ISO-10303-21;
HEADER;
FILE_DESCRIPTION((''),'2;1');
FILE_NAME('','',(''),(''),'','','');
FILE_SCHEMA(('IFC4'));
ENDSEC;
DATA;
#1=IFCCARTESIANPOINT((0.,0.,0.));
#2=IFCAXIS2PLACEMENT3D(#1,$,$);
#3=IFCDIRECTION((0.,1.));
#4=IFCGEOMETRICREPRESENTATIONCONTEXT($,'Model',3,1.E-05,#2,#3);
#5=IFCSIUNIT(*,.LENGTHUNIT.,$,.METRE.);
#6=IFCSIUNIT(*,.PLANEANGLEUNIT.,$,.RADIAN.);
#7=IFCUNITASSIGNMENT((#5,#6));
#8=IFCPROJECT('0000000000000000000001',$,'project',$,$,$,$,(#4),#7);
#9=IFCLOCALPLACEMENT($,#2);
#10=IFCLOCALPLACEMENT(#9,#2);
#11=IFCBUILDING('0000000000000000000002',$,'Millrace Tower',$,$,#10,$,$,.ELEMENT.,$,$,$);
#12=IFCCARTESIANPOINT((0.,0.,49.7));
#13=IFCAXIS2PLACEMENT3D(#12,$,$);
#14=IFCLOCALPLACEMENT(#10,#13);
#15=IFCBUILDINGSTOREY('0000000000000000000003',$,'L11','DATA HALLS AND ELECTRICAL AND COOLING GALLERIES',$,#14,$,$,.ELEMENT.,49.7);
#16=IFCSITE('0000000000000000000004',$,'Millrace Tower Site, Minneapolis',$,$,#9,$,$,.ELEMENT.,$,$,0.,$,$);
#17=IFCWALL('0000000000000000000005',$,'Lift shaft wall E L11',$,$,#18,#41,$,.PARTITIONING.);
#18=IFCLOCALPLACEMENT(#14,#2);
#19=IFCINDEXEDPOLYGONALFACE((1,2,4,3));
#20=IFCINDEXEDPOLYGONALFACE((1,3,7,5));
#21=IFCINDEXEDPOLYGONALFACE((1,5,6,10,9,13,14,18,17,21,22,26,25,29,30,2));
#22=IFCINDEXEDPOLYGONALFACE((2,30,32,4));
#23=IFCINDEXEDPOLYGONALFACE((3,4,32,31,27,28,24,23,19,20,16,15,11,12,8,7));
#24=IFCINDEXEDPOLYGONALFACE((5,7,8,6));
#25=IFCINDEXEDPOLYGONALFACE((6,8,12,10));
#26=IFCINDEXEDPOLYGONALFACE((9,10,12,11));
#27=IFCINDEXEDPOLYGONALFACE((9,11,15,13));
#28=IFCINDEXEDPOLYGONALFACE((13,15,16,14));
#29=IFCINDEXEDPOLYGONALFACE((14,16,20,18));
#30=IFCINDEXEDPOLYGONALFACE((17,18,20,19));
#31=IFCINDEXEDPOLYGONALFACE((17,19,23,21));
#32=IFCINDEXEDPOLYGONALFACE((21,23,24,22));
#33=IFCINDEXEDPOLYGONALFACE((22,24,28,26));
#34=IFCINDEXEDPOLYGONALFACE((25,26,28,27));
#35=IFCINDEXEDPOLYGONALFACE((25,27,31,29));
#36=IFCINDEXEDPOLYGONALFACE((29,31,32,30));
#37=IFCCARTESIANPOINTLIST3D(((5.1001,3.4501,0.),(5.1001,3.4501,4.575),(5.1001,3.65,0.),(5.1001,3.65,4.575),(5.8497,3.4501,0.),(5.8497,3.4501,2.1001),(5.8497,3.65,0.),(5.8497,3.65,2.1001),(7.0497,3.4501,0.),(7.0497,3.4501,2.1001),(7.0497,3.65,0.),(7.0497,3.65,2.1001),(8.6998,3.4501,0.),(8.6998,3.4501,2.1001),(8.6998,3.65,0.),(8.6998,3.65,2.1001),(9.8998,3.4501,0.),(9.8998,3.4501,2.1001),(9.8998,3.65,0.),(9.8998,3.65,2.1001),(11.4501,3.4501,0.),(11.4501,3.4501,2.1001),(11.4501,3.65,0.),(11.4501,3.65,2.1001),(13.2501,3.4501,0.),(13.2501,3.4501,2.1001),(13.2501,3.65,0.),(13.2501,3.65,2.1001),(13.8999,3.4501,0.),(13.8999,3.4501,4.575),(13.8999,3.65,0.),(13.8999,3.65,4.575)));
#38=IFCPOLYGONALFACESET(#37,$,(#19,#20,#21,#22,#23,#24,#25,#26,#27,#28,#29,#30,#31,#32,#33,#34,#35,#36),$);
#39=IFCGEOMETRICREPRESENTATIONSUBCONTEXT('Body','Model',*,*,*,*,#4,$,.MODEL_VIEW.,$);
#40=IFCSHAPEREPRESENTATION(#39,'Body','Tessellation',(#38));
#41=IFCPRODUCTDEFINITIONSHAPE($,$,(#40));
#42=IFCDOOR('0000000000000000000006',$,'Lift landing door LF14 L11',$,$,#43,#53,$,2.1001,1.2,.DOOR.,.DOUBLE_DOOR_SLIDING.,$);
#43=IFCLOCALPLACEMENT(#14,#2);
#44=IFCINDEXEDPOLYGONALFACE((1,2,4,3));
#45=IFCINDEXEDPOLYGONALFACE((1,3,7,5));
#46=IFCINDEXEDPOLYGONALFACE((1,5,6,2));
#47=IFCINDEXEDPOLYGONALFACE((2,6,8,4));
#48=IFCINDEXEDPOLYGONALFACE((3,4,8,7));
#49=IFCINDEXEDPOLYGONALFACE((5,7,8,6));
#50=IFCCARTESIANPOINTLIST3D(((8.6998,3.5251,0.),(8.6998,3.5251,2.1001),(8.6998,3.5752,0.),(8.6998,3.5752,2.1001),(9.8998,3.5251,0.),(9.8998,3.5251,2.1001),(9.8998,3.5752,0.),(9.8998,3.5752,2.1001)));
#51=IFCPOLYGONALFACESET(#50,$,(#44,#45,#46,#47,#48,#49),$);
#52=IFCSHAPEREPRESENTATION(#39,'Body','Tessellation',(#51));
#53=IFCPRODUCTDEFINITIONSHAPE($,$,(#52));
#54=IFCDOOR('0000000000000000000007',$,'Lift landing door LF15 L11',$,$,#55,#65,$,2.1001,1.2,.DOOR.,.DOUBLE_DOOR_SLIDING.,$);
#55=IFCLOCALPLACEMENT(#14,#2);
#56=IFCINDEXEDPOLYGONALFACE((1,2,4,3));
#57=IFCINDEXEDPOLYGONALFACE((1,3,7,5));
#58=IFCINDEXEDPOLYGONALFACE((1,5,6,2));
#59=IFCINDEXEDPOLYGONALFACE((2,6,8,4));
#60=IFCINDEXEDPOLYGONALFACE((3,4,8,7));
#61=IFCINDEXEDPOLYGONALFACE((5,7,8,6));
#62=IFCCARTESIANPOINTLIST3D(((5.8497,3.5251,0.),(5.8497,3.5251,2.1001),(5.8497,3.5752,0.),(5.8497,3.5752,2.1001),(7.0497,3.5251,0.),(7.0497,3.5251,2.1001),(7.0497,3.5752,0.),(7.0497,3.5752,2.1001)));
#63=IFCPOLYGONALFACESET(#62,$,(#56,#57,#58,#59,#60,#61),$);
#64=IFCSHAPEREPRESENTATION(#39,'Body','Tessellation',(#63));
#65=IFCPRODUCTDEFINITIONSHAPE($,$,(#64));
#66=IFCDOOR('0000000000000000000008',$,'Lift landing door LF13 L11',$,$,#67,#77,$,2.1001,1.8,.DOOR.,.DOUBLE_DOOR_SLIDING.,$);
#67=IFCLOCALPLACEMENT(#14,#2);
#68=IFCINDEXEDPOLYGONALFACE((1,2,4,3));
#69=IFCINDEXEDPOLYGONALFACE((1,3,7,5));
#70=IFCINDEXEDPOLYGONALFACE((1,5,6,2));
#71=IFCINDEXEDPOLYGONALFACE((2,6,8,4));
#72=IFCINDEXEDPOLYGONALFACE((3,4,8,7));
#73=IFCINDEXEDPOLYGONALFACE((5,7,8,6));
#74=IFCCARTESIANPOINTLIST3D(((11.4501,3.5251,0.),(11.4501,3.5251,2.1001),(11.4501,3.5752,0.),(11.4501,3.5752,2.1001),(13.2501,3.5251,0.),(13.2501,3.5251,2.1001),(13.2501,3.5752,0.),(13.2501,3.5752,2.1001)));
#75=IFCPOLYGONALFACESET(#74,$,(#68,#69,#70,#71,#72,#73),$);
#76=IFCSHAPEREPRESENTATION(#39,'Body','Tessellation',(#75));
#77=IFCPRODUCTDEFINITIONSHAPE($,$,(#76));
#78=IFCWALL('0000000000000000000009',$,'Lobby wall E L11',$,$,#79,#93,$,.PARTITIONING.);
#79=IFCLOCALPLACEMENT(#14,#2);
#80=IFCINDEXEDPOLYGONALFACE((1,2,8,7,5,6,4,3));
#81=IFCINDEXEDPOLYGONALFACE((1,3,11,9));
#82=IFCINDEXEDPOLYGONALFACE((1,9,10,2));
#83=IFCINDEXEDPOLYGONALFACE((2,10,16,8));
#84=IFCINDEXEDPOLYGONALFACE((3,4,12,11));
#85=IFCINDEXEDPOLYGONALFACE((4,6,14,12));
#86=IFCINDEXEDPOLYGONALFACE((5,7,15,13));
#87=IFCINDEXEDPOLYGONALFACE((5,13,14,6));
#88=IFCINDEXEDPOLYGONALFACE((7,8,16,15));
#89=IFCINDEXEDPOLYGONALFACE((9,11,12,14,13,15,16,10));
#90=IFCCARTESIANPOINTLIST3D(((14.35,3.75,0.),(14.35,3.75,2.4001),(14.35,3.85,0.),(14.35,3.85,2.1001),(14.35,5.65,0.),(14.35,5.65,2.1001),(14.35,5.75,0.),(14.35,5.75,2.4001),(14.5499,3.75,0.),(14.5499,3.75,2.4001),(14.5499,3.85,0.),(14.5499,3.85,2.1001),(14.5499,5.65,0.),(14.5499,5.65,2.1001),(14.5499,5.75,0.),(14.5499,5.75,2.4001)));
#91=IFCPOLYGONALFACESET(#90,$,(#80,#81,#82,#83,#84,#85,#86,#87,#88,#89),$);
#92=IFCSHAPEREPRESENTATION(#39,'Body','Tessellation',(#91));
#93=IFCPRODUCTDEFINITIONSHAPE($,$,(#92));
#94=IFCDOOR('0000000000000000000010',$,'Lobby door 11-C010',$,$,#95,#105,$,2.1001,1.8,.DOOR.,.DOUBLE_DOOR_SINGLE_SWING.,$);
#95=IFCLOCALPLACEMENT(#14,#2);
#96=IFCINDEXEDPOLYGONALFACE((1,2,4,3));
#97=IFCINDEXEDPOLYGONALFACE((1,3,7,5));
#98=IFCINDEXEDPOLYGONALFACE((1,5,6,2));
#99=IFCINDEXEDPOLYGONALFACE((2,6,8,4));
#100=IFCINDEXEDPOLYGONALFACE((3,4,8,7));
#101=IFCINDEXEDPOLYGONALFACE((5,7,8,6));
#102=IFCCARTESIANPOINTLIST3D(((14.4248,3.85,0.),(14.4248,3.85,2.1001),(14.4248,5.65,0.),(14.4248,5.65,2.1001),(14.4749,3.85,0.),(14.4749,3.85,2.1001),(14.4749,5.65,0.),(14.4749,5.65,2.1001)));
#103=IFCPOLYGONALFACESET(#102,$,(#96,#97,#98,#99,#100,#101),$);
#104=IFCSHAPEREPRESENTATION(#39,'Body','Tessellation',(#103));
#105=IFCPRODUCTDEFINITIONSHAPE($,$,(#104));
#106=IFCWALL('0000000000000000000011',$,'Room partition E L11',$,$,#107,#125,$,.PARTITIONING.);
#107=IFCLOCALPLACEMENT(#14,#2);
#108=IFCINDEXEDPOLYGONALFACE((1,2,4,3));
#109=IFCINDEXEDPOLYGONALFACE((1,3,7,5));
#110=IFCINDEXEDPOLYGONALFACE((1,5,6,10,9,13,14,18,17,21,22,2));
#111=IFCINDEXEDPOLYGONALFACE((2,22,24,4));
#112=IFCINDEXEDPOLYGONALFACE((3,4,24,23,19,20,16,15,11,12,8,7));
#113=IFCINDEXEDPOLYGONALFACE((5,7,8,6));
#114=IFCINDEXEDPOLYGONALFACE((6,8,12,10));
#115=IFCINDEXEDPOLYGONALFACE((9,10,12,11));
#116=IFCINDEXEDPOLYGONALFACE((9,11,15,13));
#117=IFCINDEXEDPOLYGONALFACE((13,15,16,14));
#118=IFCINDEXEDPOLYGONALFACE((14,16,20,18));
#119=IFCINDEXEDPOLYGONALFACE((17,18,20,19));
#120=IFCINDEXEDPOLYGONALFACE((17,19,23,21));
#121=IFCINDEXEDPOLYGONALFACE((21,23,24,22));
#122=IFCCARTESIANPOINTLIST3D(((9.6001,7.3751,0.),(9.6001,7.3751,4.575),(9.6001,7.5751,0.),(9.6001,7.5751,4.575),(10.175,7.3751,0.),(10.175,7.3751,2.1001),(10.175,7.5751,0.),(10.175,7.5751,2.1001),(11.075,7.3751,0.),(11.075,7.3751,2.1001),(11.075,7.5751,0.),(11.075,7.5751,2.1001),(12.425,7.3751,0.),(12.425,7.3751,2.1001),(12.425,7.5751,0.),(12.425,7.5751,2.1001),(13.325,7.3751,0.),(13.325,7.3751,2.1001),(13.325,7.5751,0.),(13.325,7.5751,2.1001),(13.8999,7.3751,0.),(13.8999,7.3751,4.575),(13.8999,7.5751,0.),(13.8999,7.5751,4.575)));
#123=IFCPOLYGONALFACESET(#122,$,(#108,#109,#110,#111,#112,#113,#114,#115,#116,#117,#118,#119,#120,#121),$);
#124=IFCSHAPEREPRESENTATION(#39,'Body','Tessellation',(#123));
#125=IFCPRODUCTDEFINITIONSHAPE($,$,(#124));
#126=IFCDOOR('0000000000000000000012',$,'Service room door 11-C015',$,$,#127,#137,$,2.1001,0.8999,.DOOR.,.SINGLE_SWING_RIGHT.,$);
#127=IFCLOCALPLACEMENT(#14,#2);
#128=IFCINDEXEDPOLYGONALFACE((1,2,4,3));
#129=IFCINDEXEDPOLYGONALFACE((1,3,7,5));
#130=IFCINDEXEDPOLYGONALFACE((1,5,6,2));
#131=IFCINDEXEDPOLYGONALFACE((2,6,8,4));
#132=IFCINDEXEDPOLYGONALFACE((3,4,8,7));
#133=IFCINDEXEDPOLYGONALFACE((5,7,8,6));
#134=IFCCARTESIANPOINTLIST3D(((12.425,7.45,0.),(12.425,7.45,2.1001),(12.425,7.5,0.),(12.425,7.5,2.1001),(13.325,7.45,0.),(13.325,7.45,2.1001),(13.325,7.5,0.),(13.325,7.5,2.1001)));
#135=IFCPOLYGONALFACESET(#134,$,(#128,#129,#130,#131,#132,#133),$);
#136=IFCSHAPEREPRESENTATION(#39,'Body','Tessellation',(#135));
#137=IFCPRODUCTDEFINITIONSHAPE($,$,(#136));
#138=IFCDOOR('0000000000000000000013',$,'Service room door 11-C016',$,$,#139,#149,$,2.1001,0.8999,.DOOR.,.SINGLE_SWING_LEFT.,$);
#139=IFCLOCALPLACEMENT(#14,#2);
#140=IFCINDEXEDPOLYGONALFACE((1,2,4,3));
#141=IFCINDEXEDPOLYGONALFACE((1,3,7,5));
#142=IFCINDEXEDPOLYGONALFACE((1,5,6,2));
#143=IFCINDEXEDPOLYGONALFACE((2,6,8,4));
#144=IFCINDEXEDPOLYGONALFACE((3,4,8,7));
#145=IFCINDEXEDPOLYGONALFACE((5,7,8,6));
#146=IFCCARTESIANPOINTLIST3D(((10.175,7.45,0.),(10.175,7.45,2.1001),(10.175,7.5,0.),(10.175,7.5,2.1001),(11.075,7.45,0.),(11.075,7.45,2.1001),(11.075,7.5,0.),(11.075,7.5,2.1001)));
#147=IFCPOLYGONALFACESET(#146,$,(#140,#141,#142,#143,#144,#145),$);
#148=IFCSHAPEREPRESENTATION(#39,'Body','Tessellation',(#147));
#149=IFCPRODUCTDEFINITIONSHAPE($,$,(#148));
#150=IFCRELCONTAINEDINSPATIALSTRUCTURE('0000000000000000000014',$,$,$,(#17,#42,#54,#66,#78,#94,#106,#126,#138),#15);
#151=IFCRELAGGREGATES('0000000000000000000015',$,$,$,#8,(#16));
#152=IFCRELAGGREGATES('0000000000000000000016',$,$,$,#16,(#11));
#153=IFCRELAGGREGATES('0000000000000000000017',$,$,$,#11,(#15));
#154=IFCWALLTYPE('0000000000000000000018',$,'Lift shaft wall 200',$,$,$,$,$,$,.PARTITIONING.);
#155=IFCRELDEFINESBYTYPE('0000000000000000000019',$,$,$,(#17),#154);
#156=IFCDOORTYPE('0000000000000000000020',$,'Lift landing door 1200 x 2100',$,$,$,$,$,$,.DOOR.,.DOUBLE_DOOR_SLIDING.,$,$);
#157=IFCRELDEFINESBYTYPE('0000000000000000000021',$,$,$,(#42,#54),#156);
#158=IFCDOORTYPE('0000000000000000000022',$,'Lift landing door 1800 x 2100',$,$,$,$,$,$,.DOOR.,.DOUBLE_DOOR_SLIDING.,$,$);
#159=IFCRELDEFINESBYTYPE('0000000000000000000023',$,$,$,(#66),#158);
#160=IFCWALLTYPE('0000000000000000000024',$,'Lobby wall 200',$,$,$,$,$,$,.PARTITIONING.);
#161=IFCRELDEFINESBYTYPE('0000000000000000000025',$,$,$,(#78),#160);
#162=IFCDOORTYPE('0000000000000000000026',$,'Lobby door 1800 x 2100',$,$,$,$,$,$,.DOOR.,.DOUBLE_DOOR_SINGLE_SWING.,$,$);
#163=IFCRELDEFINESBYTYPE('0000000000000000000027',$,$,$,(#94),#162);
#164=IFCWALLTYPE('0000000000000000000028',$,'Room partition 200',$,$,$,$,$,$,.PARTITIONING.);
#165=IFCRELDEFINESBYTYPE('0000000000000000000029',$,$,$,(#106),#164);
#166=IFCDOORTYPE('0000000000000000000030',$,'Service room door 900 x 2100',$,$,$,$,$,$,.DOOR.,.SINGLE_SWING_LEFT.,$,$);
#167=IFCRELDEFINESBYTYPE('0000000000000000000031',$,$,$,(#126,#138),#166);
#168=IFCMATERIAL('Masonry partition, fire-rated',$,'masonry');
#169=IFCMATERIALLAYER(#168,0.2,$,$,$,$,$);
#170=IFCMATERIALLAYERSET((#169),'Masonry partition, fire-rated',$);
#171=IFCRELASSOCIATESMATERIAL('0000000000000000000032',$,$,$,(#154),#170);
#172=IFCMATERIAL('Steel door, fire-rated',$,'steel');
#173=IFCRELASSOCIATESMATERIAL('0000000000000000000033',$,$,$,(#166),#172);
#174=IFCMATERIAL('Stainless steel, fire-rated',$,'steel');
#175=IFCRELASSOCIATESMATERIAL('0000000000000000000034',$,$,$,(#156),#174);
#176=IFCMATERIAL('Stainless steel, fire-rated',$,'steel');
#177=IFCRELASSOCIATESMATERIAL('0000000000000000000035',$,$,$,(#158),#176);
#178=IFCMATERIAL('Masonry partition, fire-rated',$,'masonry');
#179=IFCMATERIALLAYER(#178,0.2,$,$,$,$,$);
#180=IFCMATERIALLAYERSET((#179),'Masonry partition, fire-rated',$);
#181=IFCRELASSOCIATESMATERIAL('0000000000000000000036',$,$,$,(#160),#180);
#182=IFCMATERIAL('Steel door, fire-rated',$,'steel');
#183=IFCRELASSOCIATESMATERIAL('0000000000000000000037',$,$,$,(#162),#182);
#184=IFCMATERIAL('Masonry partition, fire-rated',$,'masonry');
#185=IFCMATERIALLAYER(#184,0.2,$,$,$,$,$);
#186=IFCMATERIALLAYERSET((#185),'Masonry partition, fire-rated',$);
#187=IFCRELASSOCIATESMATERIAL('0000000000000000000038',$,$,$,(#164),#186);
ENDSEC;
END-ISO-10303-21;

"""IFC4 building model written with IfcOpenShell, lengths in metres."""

from ifc_helpers import new_model, si_unit, direction, frame, frame_2d, origin, place, context, subcontext, project, spatial, rectangle, extrude, material, layer, layer_set, type_object, element, fill, save


model = new_model("IFC4")

# Units and contexts
model_context = context("Model", 3, precision=1e-05, world=origin(), true_north=direction((0.0, 1.0)))
body_context = subcontext(model_context, "Body", "Model", "MODEL_VIEW")
ifc_project = project(units=[si_unit("LENGTHUNIT", "METRE"), si_unit("PLANEANGLEUNIT", "RADIAN")], contexts=[model_context])

# Site, building, storey
site_placement = place(None, origin())
site = spatial("IfcSite", under=ifc_project, at=site_placement, Name="Millrace Tower Site, Minneapolis", CompositionType="ELEMENT", RefElevation=0.0)
building_placement = place(site_placement, origin())
building = spatial("IfcBuilding", under=site, at=building_placement, Name="Millrace Tower", CompositionType="ELEMENT")
storey_placement = place(building_placement, frame((0.0, 0.0, 49.7)))
storey = spatial("IfcBuildingStorey", under=building, at=storey_placement, Name="L11", Description="DATA HALLS AND ELECTRICAL AND COOLING GALLERIES", CompositionType="ELEMENT", Elevation=49.7)

# Shared definitions
ifc_material_1 = material(Name="Masonry partition, fire-rated", Category="masonry")
ifc_layer_1 = layer(ifc_material_1, 0.2)
ifc_layer_set_1 = layer_set([ifc_layer_1], Name="Masonry partition, fire-rated")
wall_type_1 = type_object("IfcWallType", Name="Lift shaft wall 200", PredefinedType="PARTITIONING", material=ifc_layer_set_1)
ifc_material_2 = material(Name="Steel door, fire-rated", Category="steel")
door_type_1 = type_object("IfcDoorType", Name="Service room door 900 x 2100", OperationType="SINGLE_SWING_LEFT", PredefinedType="DOOR", material=ifc_material_2)

# Wall, openings, doors
wall_1_placement = place(storey_placement, frame((13.8999, 3.55, 0.0), z_axis=(0.0, 0.0, 1.0), x_axis=(-1.0, 0.0, 0.0)))
wall_1 = element("IfcWall", 1, at=wall_1_placement, inside=storey, type_object=wall_type_1, Name="Lift shaft wall E L11", PredefinedType="PARTITIONING", context=body_context, shape_type="SweptSolid", body=[
    extrude(rectangle(XDim=8.7998, YDim=0.2, at=frame_2d((4.3999, 0.0))), origin(), (0.0, 0.0, 1.0), 4.575),
])
opening_1_placement = place(wall_1_placement, frame((0.6499, 0.0, 0.0)))
opening_1 = element("IfcOpeningElement", 2, at=opening_1_placement, cuts=wall_1, PredefinedType="OPENING", context=body_context, shape_type="SweptSolid", body=[
    extrude(rectangle(XDim=1.8, YDim=2.1001, at=frame_2d((0.8999, 1.05))), frame((0.0, 0.1099, 0.0), z_axis=(0.0, -1.0, 0.0), x_axis=(1.0, 0.0, 0.0)), (0.0, 0.0, 1.0), 0.22),
])
opening_2_placement = place(wall_1_placement, frame((4.0, 0.0, 0.0)))
opening_2 = element("IfcOpeningElement", 3, at=opening_2_placement, cuts=wall_1, PredefinedType="OPENING", context=body_context, shape_type="SweptSolid", body=[
    extrude(rectangle(XDim=1.2, YDim=2.1001, at=frame_2d((0.6001, 1.05))), frame((0.0, 0.1099, 0.0), z_axis=(0.0, -1.0, 0.0), x_axis=(1.0, 0.0, 0.0)), (0.0, 0.0, 1.0), 0.22),
])
opening_3_placement = place(wall_1_placement, frame((6.8501, 0.0, 0.0)))
opening_3 = element("IfcOpeningElement", 4, at=opening_3_placement, cuts=wall_1, PredefinedType="OPENING", context=body_context, shape_type="SweptSolid", body=[
    extrude(rectangle(XDim=1.2, YDim=2.1001, at=frame_2d((0.6001, 1.05))), frame((0.0, 0.1099, 0.0), z_axis=(0.0, -1.0, 0.0), x_axis=(1.0, 0.0, 0.0)), (0.0, 0.0, 1.0), 0.22),
])
ifc_material_3 = material(Name="Stainless steel, fire-rated", Category="steel")
door_type_2 = type_object("IfcDoorType", Name="Lift landing door 1200 x 2100", OperationType="DOUBLE_DOOR_SLIDING", PredefinedType="DOOR", material=ifc_material_3)
door_1_placement = place(opening_2_placement, origin())
door_1 = element("IfcDoor", 5, at=door_1_placement, inside=storey, type_object=door_type_2, Name="Lift landing door LF14 L11", OperationType="DOUBLE_DOOR_SLIDING", OverallHeight=2.1001, OverallWidth=1.2, PredefinedType="DOOR", context=body_context, shape_type="SweptSolid", body=[
    extrude(rectangle(XDim=1.2, YDim=2.1001, at=frame_2d((0.6001, 1.05))), frame((0.0, 0.0249, 0.0), z_axis=(0.0, -1.0, 0.0), x_axis=(1.0, 0.0, 0.0)), (0.0, 0.0, 1.0), 0.05),
])
fill(opening_2, door_1)
door_2_placement = place(opening_3_placement, origin())
door_2 = element("IfcDoor", 6, at=door_2_placement, inside=storey, type_object=door_type_2, Name="Lift landing door LF15 L11", OperationType="DOUBLE_DOOR_SLIDING", OverallHeight=2.1001, OverallWidth=1.2, PredefinedType="DOOR", context=body_context, shape_type="SweptSolid", body=[
    extrude(rectangle(XDim=1.2, YDim=2.1001, at=frame_2d((0.6001, 1.05))), frame((0.0, 0.0249, 0.0), z_axis=(0.0, -1.0, 0.0), x_axis=(1.0, 0.0, 0.0)), (0.0, 0.0, 1.0), 0.05),
])
fill(opening_3, door_2)
ifc_material_4 = material(Name="Stainless steel, fire-rated", Category="steel")
door_type_3 = type_object("IfcDoorType", Name="Lift landing door 1800 x 2100", OperationType="DOUBLE_DOOR_SLIDING", PredefinedType="DOOR", material=ifc_material_4)
door_3_placement = place(opening_1_placement, origin())
door_3 = element("IfcDoor", 7, at=door_3_placement, inside=storey, type_object=door_type_3, Name="Lift landing door LF13 L11", OperationType="DOUBLE_DOOR_SLIDING", OverallHeight=2.1001, OverallWidth=1.8, PredefinedType="DOOR", context=body_context, shape_type="SweptSolid", body=[
    extrude(rectangle(XDim=1.8, YDim=2.1001, at=frame_2d((0.8999, 1.05))), frame((0.0, 0.0249, 0.0), z_axis=(0.0, -1.0, 0.0), x_axis=(1.0, 0.0, 0.0)), (0.0, 0.0, 1.0), 0.05),
])
fill(opening_1, door_3)

# Wall, opening, door
ifc_material_5 = material(Name="Masonry partition, fire-rated", Category="masonry")
ifc_layer_2 = layer(ifc_material_5, 0.2)
ifc_layer_set_2 = layer_set([ifc_layer_2], Name="Masonry partition, fire-rated")
wall_type_2 = type_object("IfcWallType", Name="Lobby wall 200", PredefinedType="PARTITIONING", material=ifc_layer_set_2)
wall_2_placement = place(storey_placement, frame((14.45, 5.75, 0.0), z_axis=(0.0, 0.0, 1.0), x_axis=(0.0, -1.0, 0.0)))
wall_2 = element("IfcWall", 8, at=wall_2_placement, inside=storey, type_object=wall_type_2, Name="Lobby wall E L11", PredefinedType="PARTITIONING", context=body_context, shape_type="SweptSolid", body=[
    extrude(rectangle(XDim=2.0, YDim=0.2, at=frame_2d((1.0, 0.0))), origin(), (0.0, 0.0, 1.0), 2.4001),
])
opening_4_placement = place(wall_2_placement, frame((0.1001, 0.0, 0.0)))
opening_4 = element("IfcOpeningElement", 9, at=opening_4_placement, cuts=wall_2, PredefinedType="OPENING", context=body_context, shape_type="SweptSolid", body=[
    extrude(rectangle(XDim=1.8, YDim=2.1001, at=frame_2d((0.8999, 1.05))), frame((0.0, 0.1099, 0.0), z_axis=(0.0, -1.0, 0.0), x_axis=(1.0, 0.0, 0.0)), (0.0, 0.0, 1.0), 0.22),
])
ifc_material_6 = material(Name="Steel door, fire-rated", Category="steel")
door_type_4 = type_object("IfcDoorType", Name="Lobby door 1800 x 2100", OperationType="DOUBLE_DOOR_SINGLE_SWING", PredefinedType="DOOR", material=ifc_material_6)
door_4_placement = place(opening_4_placement, origin())
door_4 = element("IfcDoor", 10, at=door_4_placement, inside=storey, type_object=door_type_4, Name="Lobby door 11-C010", OperationType="DOUBLE_DOOR_SINGLE_SWING", OverallHeight=2.1001, OverallWidth=1.8, PredefinedType="DOOR", context=body_context, shape_type="SweptSolid", body=[
    extrude(rectangle(XDim=1.8, YDim=2.1001, at=frame_2d((0.8999, 1.05))), frame((0.0, 0.0249, 0.0), z_axis=(0.0, -1.0, 0.0), x_axis=(1.0, 0.0, 0.0)), (0.0, 0.0, 1.0), 0.05),
])
fill(opening_4, door_4)

# Wall, openings, doors
ifc_material_7 = material(Name="Masonry partition, fire-rated", Category="masonry")
ifc_layer_3 = layer(ifc_material_7, 0.2)
ifc_layer_set_3 = layer_set([ifc_layer_3], Name="Masonry partition, fire-rated")
wall_type_3 = type_object("IfcWallType", Name="Room partition 200", PredefinedType="PARTITIONING", material=ifc_layer_set_3)
wall_3_placement = place(storey_placement, frame((13.8999, 7.4751, 0.0), z_axis=(0.0, 0.0, 1.0), x_axis=(-1.0, 0.0, 0.0)))
wall_3 = element("IfcWall", 11, at=wall_3_placement, inside=storey, type_object=wall_type_3, Name="Room partition E L11", PredefinedType="PARTITIONING", context=body_context, shape_type="SweptSolid", body=[
    extrude(rectangle(XDim=4.2998, YDim=0.2, at=frame_2d((2.1499, 0.0))), origin(), (0.0, 0.0, 1.0), 4.575),
])
opening_5_placement = place(wall_3_placement, frame((0.575, 0.0, 0.0)))
opening_5 = element("IfcOpeningElement", 12, at=opening_5_placement, cuts=wall_3, PredefinedType="OPENING", context=body_context, shape_type="SweptSolid", body=[
    extrude(rectangle(XDim=0.8999, YDim=2.1001, at=frame_2d((0.45, 1.05))), frame((0.0, 0.1099, 0.0), z_axis=(0.0, -1.0, 0.0), x_axis=(1.0, 0.0, 0.0)), (0.0, 0.0, 1.0), 0.22),
])
opening_6_placement = place(wall_3_placement, frame((2.825, 0.0, 0.0)))
opening_6 = element("IfcOpeningElement", 13, at=opening_6_placement, cuts=wall_3, PredefinedType="OPENING", context=body_context, shape_type="SweptSolid", body=[
    extrude(rectangle(XDim=0.8999, YDim=2.1001, at=frame_2d((0.45, 1.05))), frame((0.0, 0.1099, 0.0), z_axis=(0.0, -1.0, 0.0), x_axis=(1.0, 0.0, 0.0)), (0.0, 0.0, 1.0), 0.22),
])
door_5_placement = place(opening_5_placement, frame((0.8999, 0.0, 0.0), z_axis=(0.0, 0.0, 1.0), x_axis=(-1.0, 0.0, 0.0)))
door_5 = element("IfcDoor", 14, at=door_5_placement, inside=storey, type_object=door_type_1, Name="Service room door 11-C015", OperationType="SINGLE_SWING_RIGHT", OverallHeight=2.1001, OverallWidth=0.8999, PredefinedType="DOOR", context=body_context, shape_type="SweptSolid", body=[
    extrude(rectangle(XDim=0.8999, YDim=2.1001, at=frame_2d((0.45, 1.05))), frame((0.0, 0.0249, 0.0), z_axis=(0.0, -1.0, 0.0), x_axis=(1.0, 0.0, 0.0)), (0.0, 0.0, 1.0), 0.05),
])
fill(opening_5, door_5)
door_6_placement = place(opening_6_placement, frame((0.8999, 0.0, 0.0), z_axis=(0.0, 0.0, 1.0), x_axis=(-1.0, 0.0, 0.0)))
door_6 = element("IfcDoor", 15, at=door_6_placement, inside=storey, type_object=door_type_1, Name="Service room door 11-C016", OperationType="SINGLE_SWING_LEFT", OverallHeight=2.1001, OverallWidth=0.8999, PredefinedType="DOOR", context=body_context, shape_type="SweptSolid", body=[
    extrude(rectangle(XDim=0.8999, YDim=2.1001, at=frame_2d((0.45, 1.05))), frame((0.0, 0.0249, 0.0), z_axis=(0.0, -1.0, 0.0), x_axis=(1.0, 0.0, 0.0)), (0.0, 0.0, 1.0), 0.05),
])
fill(opening_6, door_6)

save(model, "model.ifc")
